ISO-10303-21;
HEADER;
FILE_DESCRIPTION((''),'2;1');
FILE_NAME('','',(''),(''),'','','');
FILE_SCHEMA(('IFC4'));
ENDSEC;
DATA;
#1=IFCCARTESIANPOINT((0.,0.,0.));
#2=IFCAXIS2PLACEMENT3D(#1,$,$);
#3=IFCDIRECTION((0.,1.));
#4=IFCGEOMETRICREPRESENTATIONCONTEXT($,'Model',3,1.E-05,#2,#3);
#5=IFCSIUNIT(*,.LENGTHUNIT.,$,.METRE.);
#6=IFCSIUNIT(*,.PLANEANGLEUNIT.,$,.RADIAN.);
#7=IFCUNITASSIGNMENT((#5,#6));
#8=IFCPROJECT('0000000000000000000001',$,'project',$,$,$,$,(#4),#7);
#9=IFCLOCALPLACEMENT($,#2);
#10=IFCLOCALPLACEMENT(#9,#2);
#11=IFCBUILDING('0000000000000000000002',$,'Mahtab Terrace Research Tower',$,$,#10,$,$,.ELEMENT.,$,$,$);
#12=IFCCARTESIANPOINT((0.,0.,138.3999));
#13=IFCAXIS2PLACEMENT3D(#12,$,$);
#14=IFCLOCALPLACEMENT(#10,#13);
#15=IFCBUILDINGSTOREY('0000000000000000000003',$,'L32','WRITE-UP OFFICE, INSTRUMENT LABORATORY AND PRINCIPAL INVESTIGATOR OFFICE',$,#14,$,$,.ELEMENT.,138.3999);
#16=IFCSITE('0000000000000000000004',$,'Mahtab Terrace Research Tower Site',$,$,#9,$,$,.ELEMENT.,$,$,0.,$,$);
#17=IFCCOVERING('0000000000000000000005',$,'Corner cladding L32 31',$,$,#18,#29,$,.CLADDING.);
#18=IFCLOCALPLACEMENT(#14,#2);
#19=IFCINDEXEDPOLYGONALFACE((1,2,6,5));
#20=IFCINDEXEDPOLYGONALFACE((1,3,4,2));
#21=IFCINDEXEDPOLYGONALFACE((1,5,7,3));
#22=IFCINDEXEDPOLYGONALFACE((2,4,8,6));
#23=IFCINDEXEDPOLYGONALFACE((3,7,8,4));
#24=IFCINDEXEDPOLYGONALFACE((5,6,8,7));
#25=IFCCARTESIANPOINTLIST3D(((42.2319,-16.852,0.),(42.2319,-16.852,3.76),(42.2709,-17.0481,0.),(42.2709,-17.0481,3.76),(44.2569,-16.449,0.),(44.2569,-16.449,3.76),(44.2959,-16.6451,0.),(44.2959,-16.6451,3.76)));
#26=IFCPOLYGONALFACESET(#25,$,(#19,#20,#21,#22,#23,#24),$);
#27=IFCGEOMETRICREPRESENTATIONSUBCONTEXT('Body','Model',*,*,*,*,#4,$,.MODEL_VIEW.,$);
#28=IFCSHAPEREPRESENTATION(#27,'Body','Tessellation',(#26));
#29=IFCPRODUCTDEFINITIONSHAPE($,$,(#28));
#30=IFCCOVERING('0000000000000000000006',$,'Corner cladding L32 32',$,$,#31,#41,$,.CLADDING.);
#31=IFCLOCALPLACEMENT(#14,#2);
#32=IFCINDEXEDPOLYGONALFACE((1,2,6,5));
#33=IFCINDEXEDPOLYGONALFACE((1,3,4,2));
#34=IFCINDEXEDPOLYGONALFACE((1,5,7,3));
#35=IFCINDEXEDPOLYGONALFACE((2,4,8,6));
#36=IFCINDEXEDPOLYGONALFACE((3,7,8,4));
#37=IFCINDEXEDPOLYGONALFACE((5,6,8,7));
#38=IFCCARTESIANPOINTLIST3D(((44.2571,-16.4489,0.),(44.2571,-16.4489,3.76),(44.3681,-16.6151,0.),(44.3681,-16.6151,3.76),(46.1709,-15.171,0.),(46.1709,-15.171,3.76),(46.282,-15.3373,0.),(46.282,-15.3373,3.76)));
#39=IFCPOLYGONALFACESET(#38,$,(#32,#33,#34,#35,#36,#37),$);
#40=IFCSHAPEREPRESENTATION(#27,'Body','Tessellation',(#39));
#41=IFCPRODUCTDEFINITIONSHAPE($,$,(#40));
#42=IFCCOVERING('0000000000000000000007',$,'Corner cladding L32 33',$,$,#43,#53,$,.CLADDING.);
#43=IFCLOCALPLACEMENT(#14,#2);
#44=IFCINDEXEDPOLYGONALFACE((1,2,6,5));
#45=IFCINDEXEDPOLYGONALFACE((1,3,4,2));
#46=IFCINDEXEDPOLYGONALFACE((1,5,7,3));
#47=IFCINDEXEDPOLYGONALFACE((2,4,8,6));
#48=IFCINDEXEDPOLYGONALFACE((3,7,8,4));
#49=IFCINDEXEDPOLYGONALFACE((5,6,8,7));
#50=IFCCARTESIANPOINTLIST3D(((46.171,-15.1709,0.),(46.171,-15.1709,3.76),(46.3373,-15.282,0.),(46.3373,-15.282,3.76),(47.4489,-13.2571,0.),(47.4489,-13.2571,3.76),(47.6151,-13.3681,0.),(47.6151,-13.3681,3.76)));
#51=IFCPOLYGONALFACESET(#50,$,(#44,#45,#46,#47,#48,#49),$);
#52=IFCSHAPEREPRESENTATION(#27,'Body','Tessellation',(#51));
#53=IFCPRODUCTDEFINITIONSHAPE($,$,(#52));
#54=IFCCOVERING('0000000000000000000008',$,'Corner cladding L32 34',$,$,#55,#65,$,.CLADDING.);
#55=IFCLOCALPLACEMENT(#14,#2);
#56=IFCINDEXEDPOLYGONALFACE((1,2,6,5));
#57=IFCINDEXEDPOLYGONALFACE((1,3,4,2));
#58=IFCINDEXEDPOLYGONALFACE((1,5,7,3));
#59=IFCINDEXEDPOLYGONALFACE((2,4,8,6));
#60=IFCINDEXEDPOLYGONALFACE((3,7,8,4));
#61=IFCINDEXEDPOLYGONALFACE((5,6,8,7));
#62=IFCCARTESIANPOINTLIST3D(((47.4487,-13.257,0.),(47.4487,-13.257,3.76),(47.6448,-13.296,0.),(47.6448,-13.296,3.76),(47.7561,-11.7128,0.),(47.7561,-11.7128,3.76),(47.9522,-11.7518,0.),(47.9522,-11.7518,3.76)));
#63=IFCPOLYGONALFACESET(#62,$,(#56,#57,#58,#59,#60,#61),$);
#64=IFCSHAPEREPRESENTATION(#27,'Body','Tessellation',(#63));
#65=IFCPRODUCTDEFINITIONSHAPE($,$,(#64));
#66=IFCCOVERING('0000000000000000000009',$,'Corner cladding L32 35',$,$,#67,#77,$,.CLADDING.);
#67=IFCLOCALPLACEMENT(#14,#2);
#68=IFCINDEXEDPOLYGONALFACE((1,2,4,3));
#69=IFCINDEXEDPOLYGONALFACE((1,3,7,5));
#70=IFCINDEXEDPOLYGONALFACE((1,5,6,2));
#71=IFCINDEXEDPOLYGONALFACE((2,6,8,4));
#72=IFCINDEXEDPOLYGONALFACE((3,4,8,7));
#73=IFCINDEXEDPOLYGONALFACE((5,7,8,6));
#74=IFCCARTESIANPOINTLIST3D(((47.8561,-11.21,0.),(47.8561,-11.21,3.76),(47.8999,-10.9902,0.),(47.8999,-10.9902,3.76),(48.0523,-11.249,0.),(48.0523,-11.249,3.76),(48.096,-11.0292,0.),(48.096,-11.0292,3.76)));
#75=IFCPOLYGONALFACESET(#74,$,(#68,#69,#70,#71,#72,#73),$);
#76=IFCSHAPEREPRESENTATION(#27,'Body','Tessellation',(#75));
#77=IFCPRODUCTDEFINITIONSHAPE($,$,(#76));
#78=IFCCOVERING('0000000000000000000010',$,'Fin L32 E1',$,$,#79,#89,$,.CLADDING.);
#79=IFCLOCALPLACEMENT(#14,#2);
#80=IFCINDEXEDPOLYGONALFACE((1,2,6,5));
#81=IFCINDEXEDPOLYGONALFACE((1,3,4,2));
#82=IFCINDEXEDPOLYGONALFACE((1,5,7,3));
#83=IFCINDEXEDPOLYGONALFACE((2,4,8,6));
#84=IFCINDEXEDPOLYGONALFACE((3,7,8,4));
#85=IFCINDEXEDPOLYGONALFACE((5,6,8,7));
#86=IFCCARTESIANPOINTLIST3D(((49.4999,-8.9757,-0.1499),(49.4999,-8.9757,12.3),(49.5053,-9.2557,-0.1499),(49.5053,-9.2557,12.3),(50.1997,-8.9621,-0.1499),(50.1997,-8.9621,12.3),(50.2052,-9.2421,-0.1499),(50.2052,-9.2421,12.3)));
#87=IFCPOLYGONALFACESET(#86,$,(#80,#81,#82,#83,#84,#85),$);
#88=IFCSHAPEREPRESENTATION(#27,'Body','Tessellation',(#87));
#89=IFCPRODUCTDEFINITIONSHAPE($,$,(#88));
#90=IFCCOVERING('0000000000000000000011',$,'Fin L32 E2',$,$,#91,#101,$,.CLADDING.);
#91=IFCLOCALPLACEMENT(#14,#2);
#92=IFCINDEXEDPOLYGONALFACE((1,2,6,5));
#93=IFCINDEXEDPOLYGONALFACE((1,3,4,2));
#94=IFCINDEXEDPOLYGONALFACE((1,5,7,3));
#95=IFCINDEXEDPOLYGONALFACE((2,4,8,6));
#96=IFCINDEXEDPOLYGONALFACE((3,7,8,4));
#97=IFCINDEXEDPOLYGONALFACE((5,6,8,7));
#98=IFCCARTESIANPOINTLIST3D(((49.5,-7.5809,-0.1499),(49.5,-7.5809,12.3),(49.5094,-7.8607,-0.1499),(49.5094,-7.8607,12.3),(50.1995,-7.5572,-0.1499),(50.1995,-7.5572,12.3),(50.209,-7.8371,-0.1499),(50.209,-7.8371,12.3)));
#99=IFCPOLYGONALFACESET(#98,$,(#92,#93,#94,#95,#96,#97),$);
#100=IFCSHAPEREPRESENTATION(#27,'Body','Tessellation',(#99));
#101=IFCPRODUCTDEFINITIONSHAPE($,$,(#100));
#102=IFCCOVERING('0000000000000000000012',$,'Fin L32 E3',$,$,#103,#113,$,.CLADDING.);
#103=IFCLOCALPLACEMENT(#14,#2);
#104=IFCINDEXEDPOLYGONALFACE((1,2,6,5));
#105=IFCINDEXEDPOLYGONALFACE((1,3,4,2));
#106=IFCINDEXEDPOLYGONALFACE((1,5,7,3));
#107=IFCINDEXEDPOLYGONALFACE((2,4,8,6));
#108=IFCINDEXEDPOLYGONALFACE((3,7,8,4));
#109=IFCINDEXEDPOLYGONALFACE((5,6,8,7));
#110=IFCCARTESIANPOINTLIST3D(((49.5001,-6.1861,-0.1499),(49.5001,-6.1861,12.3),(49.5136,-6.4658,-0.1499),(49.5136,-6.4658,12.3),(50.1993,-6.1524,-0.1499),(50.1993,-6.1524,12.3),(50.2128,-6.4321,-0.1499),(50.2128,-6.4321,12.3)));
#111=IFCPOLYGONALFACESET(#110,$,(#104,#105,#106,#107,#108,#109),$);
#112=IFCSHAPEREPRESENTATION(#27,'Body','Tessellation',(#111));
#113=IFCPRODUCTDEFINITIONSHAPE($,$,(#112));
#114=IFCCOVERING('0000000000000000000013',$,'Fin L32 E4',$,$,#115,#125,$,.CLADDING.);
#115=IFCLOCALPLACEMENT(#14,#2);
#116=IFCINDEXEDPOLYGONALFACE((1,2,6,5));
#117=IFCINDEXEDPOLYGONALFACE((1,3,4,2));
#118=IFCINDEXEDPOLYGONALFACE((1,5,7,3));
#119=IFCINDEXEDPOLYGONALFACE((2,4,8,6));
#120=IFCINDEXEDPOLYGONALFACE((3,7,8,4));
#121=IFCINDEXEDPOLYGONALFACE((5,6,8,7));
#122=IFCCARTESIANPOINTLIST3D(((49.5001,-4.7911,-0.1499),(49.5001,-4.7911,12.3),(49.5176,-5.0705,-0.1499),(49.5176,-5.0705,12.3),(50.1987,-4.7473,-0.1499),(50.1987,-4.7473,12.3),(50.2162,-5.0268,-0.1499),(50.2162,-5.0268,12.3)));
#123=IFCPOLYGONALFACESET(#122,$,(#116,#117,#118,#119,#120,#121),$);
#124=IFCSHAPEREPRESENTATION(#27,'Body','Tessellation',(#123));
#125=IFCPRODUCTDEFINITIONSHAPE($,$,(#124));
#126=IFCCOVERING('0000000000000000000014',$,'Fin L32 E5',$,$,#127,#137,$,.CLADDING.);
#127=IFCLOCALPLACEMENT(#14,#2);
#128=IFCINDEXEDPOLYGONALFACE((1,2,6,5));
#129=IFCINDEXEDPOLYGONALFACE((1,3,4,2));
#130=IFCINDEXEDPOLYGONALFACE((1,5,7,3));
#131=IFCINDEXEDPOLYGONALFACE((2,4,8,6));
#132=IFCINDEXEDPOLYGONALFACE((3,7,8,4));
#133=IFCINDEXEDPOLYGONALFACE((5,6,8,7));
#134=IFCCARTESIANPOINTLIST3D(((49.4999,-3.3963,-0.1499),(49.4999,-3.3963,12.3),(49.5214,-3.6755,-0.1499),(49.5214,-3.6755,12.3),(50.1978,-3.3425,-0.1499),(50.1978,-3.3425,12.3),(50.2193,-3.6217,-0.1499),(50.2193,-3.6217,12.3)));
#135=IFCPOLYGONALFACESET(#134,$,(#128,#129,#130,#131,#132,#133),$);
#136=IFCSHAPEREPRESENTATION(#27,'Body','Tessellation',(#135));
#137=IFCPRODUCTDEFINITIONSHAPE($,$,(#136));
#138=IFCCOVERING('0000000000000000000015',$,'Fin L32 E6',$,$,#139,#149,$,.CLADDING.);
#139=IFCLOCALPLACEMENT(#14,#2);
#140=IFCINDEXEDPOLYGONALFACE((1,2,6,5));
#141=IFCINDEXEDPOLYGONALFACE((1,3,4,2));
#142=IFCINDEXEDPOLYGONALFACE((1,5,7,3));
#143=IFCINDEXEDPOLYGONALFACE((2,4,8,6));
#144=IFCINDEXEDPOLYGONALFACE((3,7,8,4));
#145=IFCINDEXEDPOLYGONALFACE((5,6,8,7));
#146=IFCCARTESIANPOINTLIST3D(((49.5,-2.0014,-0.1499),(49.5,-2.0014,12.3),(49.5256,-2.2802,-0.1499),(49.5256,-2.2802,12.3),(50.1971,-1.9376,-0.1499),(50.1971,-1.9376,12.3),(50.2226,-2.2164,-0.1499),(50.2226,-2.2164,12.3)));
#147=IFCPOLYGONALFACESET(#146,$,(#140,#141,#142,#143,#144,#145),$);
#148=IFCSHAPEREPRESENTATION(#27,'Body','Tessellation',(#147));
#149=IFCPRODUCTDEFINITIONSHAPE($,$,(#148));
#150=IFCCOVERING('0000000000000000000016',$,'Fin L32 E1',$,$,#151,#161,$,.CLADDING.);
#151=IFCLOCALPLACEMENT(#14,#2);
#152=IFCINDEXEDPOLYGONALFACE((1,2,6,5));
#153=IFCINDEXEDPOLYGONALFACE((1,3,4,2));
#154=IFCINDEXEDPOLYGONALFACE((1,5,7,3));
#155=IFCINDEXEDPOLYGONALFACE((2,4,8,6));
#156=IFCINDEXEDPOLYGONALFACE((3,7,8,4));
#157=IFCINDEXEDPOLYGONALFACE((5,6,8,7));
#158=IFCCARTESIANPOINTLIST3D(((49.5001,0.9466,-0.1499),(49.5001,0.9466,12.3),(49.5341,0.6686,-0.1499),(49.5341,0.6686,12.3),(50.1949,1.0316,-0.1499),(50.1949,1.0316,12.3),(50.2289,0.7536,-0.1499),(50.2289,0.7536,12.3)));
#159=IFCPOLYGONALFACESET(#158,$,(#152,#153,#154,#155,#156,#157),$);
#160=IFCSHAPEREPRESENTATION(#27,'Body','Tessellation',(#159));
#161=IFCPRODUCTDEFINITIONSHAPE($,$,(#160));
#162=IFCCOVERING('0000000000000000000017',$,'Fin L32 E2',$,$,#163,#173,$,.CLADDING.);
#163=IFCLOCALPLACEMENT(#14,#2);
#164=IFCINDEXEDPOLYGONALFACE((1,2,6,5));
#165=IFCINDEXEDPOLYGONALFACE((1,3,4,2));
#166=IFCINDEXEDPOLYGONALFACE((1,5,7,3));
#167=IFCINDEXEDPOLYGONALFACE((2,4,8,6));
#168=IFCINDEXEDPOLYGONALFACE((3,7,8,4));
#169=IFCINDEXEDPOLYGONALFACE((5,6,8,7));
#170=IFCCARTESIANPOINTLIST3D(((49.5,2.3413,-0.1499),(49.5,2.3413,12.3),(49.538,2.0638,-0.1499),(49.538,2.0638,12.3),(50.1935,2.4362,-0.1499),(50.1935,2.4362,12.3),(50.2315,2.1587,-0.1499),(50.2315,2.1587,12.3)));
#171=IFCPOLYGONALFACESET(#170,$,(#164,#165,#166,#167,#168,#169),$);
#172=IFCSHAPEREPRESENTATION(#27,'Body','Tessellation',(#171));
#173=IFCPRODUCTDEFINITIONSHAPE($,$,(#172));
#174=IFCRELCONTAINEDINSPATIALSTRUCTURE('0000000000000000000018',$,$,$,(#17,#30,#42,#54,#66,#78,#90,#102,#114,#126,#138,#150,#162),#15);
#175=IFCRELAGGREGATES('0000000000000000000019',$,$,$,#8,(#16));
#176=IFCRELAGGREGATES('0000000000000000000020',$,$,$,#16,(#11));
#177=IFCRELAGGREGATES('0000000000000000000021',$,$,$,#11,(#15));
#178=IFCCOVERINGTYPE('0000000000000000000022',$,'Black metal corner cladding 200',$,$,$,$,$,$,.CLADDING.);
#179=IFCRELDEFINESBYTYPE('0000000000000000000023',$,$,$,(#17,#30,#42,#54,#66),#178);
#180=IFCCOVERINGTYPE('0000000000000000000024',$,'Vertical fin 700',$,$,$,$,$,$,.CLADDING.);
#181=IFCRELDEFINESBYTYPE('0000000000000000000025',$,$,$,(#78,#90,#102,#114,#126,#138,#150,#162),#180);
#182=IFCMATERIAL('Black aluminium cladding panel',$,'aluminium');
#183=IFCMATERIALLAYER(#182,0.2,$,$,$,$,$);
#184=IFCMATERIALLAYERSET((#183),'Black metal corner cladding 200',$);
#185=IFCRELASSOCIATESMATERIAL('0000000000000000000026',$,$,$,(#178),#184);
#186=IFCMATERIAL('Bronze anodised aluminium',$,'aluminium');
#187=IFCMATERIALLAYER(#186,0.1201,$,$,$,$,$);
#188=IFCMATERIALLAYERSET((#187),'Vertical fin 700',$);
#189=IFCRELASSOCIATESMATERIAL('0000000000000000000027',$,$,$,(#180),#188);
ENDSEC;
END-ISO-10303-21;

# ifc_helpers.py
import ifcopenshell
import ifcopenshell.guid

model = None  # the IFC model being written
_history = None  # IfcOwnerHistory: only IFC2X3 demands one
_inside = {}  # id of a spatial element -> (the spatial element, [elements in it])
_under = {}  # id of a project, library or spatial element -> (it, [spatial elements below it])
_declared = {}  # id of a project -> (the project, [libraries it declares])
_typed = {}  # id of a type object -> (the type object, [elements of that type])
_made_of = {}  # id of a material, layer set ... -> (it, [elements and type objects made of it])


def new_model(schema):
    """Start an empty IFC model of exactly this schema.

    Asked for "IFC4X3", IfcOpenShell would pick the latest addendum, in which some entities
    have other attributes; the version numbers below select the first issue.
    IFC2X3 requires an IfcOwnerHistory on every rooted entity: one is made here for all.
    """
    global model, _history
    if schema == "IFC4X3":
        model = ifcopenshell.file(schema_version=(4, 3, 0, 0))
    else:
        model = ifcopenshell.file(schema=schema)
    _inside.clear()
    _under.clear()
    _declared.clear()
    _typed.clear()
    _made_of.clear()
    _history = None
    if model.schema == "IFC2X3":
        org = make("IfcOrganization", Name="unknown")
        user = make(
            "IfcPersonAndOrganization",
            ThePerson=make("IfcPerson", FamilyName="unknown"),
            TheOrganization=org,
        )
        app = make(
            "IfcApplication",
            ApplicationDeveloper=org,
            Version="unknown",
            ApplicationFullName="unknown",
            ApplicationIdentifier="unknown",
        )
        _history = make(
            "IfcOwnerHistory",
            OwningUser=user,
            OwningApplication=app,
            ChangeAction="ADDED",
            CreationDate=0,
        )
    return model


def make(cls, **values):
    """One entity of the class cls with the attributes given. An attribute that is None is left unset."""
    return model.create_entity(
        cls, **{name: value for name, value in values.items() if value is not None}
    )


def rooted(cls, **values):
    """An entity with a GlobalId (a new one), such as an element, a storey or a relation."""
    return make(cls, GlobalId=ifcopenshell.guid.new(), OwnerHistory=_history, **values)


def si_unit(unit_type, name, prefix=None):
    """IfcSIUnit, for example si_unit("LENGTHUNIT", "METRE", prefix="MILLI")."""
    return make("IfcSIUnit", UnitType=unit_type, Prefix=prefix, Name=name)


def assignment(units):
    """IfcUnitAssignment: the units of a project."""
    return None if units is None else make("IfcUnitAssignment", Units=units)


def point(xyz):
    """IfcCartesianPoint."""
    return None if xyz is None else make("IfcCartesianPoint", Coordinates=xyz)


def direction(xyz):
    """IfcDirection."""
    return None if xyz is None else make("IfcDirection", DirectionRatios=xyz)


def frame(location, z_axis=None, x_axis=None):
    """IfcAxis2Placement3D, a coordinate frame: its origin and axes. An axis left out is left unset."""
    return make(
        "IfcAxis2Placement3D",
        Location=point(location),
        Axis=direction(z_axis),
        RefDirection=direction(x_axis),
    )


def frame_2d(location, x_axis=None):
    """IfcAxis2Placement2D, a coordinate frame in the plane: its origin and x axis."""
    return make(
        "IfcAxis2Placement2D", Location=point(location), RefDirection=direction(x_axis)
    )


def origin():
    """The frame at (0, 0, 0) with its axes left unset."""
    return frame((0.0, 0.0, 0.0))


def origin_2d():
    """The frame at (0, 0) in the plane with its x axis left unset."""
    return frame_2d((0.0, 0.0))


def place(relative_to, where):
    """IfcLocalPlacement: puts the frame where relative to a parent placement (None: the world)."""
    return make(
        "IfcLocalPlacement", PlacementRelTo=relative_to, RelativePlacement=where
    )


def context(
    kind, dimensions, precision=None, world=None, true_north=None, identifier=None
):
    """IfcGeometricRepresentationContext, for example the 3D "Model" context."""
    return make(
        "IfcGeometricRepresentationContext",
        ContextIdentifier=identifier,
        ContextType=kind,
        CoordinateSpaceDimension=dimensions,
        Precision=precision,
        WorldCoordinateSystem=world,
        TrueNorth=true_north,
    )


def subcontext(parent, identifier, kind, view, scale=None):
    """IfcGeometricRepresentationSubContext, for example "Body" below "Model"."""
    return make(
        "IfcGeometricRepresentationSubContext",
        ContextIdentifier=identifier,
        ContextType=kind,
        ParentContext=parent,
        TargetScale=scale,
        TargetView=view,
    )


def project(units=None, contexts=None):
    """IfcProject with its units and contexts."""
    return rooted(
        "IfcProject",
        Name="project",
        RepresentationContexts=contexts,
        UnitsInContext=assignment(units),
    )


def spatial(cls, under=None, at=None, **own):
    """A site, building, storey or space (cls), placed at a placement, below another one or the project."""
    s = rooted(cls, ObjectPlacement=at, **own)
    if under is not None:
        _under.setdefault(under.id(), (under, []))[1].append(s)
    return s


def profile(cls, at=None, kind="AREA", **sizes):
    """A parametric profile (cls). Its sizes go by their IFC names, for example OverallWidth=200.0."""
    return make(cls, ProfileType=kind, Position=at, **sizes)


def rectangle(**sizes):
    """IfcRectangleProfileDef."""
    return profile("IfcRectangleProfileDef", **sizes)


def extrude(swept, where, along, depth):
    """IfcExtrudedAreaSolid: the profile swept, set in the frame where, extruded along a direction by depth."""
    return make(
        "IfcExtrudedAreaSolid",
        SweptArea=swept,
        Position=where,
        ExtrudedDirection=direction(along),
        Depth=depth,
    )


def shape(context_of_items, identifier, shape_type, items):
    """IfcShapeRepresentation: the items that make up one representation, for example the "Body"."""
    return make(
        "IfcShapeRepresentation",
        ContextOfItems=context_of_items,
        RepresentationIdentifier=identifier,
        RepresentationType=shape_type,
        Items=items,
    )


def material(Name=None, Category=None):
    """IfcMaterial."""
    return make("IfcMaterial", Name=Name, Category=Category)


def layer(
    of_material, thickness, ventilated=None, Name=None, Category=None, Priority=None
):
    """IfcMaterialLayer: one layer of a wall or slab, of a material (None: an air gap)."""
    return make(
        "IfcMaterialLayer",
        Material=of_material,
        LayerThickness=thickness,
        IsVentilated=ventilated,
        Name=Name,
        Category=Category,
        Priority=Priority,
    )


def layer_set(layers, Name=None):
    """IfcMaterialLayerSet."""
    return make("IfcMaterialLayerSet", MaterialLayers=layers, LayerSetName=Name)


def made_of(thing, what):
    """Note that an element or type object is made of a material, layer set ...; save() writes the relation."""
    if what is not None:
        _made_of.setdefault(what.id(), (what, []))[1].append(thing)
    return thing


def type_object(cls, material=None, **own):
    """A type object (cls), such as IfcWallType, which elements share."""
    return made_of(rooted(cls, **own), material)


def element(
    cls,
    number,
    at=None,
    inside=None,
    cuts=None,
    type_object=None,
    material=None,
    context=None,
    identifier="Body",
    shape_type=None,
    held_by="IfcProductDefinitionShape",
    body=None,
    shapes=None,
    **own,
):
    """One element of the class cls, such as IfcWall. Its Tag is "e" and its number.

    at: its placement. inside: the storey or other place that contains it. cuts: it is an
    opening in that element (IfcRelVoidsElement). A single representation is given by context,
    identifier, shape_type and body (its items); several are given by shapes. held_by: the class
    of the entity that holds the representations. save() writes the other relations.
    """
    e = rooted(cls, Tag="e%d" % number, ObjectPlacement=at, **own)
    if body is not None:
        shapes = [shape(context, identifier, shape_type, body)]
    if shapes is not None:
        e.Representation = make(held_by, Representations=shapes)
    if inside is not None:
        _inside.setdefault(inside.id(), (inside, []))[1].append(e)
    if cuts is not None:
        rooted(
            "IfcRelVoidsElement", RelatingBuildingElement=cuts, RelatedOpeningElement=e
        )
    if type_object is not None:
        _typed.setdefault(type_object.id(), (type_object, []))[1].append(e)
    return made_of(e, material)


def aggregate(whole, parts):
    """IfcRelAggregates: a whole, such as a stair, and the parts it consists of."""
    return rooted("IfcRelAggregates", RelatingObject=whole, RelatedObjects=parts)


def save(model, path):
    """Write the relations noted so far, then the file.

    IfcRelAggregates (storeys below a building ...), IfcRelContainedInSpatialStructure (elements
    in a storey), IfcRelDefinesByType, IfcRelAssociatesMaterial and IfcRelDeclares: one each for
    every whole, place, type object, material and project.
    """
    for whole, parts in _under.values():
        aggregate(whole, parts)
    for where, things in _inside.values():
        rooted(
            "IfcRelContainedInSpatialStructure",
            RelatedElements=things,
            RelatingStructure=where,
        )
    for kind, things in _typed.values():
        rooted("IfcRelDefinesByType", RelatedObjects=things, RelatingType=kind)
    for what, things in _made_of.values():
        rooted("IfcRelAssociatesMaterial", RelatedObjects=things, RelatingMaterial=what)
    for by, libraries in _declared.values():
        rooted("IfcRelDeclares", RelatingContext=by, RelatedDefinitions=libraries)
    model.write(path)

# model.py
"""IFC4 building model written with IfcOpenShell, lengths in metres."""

from ifc_helpers import new_model, si_unit, direction, frame, origin, origin_2d, place, context, subcontext, project, spatial, rectangle, extrude, material, layer, layer_set, type_object, element, save


model = new_model("IFC4")

# Units and contexts
model_context = context("Model", 3, precision=1e-05, world=origin(), true_north=direction((0.0, 1.0)))
body_context = subcontext(model_context, "Body", "Model", "MODEL_VIEW")
ifc_project = project(units=[si_unit("LENGTHUNIT", "METRE"), si_unit("PLANEANGLEUNIT", "RADIAN")], contexts=[model_context])

# Site, building, storey
site_placement = place(None, origin())
site = spatial("IfcSite", under=ifc_project, at=site_placement, Name="Mahtab Terrace Research Tower Site", CompositionType="ELEMENT", RefElevation=0.0)
building_placement = place(site_placement, origin())
building = spatial("IfcBuilding", under=site, at=building_placement, Name="Mahtab Terrace Research Tower", CompositionType="ELEMENT")
storey_placement = place(building_placement, frame((0.0, 0.0, 138.3999)))
storey = spatial("IfcBuildingStorey", under=building, at=storey_placement, Name="L32", Description="WRITE-UP OFFICE, INSTRUMENT LABORATORY AND PRINCIPAL INVESTIGATOR OFFICE", CompositionType="ELEMENT", Elevation=138.3999)

# Coverings
ifc_material_1 = material(Name="Black aluminium cladding panel", Category="aluminium")
ifc_layer_1 = layer(ifc_material_1, 0.2)
ifc_layer_set_1 = layer_set([ifc_layer_1], Name="Black metal corner cladding 200")
covering_type_1 = type_object("IfcCoveringType", Name="Black metal corner cladding 200", PredefinedType="CLADDING", material=ifc_layer_set_1)
covering_1_placement = place(storey_placement, frame((43.2639, -16.7485, 0.0), z_axis=(0.0, 0.0, 1.0), x_axis=(0.980761, 0.195212, 0.0)))
element("IfcCovering", 1, at=covering_1_placement, inside=storey, type_object=covering_type_1, Name="Corner cladding L32 31", PredefinedType="CLADDING", context=body_context, shape_type="SweptSolid", body=[
    extrude(rectangle(XDim=2.0647, YDim=0.2, at=origin_2d()), origin(), (0.0, 0.0, 1.0), 3.76),
])
for number, where, z_axis, x_axis, name in (
    (2, (45.2695, -15.8931, 0.0), (0.0, 0.0, 1.0), (0.831656, 0.555291, 0.0), "Corner cladding L32 32"),
    (3, (46.8931, -14.2695, 0.0), (0.0, 0.0, 1.0), (0.555291, 0.831656, 0.0), "Corner cladding L32 33"),
):
    element("IfcCovering", number, at=place(storey_placement, frame(where, z_axis=z_axis, x_axis=x_axis)), inside=storey, type_object=covering_type_1, Name=name, PredefinedType="CLADDING", context=body_context, shape_type="SweptSolid", body=[
        extrude(rectangle(XDim=2.3013, YDim=0.2, at=origin_2d()), origin(), (0.0, 0.0, 1.0), 3.76),
    ])
covering_2_placement = place(storey_placement, frame((47.7004, -12.5044, 0.0), z_axis=(0.0, 0.0, 1.0), x_axis=(0.195212, 0.980761, 0.0)))
element("IfcCovering", 4, at=covering_2_placement, inside=storey, type_object=covering_type_1, Name="Corner cladding L32 34", PredefinedType="CLADDING", context=body_context, shape_type="SweptSolid", body=[
    extrude(rectangle(XDim=1.5745, YDim=0.2, at=origin_2d()), origin(), (0.0, 0.0, 1.0), 3.76),
])
covering_3_placement = place(storey_placement, frame((47.9761, -11.1196, 0.0), z_axis=(0.0, 0.0, 1.0), x_axis=(0.195212, 0.980761, 0.0)))
element("IfcCovering", 5, at=covering_3_placement, inside=storey, type_object=covering_type_1, Name="Corner cladding L32 35", PredefinedType="CLADDING", context=body_context, shape_type="SweptSolid", body=[
    extrude(rectangle(XDim=0.2241, YDim=0.2, at=origin_2d()), origin(), (0.0, 0.0, 1.0), 3.76),
])
ifc_material_2 = material(Name="Bronze anodised aluminium", Category="aluminium")
ifc_layer_2 = layer(ifc_material_2, 0.1201)
ifc_layer_set_2 = layer_set([ifc_layer_2], Name="Vertical fin 700")
covering_type_2 = type_object("IfcCoveringType", Name="Vertical fin 700", PredefinedType="CLADDING", material=ifc_layer_set_2)
for number, where, z_axis, x_axis, name in (
    (6, (49.8525, -9.1089, -0.1499), (0.0, 0.0, 1.0), (-0.019413, 0.999812, 0.0), "Fin L32 E1"),
    (7, (49.8545, -7.709, -0.1499), (0.0, 0.0, 1.0), (-0.033781, 0.999429, 0.0), "Fin L32 E2"),
    (8, (49.8564, -6.3091, -0.1499), (0.0, 0.0, 1.0), (-0.048142, 0.99884, 0.0), "Fin L32 E3"),
    (9, (49.8582, -4.9089, -0.1499), (0.0, 0.0, 1.0), (-0.062493, 0.998045, 0.0), "Fin L32 E4"),
    (10, (49.8596, -3.509, -0.1499), (0.0, 0.0, 1.0), (-0.076832, 0.997044, 0.0), "Fin L32 E5"),
    (11, (49.8613, -2.1089, -0.1499), (0.0, 0.0, 1.0), (-0.091154, 0.995837, 0.0), "Fin L32 E6"),
    (12, (49.8645, 0.8501, -0.1499), (0.0, 0.0, 1.0), (-0.12136, 0.992609, 0.0), "Fin L32 E1"),
    (13, (49.8657, 2.25, -0.1499), (0.0, 0.0, 1.0), (-0.135614, 0.990762, 0.0), "Fin L32 E2"),
):
    element("IfcCovering", number, at=place(storey_placement, frame(where, z_axis=z_axis, x_axis=x_axis)), inside=storey, type_object=covering_type_2, Name=name, PredefinedType="CLADDING", context=body_context, shape_type="SweptSolid", body=[
        extrude(rectangle(XDim=0.28, YDim=0.7, at=origin_2d()), origin(), (0.0, 0.0, 1.0), 12.45),
    ])

save(model, "model.ifc")
